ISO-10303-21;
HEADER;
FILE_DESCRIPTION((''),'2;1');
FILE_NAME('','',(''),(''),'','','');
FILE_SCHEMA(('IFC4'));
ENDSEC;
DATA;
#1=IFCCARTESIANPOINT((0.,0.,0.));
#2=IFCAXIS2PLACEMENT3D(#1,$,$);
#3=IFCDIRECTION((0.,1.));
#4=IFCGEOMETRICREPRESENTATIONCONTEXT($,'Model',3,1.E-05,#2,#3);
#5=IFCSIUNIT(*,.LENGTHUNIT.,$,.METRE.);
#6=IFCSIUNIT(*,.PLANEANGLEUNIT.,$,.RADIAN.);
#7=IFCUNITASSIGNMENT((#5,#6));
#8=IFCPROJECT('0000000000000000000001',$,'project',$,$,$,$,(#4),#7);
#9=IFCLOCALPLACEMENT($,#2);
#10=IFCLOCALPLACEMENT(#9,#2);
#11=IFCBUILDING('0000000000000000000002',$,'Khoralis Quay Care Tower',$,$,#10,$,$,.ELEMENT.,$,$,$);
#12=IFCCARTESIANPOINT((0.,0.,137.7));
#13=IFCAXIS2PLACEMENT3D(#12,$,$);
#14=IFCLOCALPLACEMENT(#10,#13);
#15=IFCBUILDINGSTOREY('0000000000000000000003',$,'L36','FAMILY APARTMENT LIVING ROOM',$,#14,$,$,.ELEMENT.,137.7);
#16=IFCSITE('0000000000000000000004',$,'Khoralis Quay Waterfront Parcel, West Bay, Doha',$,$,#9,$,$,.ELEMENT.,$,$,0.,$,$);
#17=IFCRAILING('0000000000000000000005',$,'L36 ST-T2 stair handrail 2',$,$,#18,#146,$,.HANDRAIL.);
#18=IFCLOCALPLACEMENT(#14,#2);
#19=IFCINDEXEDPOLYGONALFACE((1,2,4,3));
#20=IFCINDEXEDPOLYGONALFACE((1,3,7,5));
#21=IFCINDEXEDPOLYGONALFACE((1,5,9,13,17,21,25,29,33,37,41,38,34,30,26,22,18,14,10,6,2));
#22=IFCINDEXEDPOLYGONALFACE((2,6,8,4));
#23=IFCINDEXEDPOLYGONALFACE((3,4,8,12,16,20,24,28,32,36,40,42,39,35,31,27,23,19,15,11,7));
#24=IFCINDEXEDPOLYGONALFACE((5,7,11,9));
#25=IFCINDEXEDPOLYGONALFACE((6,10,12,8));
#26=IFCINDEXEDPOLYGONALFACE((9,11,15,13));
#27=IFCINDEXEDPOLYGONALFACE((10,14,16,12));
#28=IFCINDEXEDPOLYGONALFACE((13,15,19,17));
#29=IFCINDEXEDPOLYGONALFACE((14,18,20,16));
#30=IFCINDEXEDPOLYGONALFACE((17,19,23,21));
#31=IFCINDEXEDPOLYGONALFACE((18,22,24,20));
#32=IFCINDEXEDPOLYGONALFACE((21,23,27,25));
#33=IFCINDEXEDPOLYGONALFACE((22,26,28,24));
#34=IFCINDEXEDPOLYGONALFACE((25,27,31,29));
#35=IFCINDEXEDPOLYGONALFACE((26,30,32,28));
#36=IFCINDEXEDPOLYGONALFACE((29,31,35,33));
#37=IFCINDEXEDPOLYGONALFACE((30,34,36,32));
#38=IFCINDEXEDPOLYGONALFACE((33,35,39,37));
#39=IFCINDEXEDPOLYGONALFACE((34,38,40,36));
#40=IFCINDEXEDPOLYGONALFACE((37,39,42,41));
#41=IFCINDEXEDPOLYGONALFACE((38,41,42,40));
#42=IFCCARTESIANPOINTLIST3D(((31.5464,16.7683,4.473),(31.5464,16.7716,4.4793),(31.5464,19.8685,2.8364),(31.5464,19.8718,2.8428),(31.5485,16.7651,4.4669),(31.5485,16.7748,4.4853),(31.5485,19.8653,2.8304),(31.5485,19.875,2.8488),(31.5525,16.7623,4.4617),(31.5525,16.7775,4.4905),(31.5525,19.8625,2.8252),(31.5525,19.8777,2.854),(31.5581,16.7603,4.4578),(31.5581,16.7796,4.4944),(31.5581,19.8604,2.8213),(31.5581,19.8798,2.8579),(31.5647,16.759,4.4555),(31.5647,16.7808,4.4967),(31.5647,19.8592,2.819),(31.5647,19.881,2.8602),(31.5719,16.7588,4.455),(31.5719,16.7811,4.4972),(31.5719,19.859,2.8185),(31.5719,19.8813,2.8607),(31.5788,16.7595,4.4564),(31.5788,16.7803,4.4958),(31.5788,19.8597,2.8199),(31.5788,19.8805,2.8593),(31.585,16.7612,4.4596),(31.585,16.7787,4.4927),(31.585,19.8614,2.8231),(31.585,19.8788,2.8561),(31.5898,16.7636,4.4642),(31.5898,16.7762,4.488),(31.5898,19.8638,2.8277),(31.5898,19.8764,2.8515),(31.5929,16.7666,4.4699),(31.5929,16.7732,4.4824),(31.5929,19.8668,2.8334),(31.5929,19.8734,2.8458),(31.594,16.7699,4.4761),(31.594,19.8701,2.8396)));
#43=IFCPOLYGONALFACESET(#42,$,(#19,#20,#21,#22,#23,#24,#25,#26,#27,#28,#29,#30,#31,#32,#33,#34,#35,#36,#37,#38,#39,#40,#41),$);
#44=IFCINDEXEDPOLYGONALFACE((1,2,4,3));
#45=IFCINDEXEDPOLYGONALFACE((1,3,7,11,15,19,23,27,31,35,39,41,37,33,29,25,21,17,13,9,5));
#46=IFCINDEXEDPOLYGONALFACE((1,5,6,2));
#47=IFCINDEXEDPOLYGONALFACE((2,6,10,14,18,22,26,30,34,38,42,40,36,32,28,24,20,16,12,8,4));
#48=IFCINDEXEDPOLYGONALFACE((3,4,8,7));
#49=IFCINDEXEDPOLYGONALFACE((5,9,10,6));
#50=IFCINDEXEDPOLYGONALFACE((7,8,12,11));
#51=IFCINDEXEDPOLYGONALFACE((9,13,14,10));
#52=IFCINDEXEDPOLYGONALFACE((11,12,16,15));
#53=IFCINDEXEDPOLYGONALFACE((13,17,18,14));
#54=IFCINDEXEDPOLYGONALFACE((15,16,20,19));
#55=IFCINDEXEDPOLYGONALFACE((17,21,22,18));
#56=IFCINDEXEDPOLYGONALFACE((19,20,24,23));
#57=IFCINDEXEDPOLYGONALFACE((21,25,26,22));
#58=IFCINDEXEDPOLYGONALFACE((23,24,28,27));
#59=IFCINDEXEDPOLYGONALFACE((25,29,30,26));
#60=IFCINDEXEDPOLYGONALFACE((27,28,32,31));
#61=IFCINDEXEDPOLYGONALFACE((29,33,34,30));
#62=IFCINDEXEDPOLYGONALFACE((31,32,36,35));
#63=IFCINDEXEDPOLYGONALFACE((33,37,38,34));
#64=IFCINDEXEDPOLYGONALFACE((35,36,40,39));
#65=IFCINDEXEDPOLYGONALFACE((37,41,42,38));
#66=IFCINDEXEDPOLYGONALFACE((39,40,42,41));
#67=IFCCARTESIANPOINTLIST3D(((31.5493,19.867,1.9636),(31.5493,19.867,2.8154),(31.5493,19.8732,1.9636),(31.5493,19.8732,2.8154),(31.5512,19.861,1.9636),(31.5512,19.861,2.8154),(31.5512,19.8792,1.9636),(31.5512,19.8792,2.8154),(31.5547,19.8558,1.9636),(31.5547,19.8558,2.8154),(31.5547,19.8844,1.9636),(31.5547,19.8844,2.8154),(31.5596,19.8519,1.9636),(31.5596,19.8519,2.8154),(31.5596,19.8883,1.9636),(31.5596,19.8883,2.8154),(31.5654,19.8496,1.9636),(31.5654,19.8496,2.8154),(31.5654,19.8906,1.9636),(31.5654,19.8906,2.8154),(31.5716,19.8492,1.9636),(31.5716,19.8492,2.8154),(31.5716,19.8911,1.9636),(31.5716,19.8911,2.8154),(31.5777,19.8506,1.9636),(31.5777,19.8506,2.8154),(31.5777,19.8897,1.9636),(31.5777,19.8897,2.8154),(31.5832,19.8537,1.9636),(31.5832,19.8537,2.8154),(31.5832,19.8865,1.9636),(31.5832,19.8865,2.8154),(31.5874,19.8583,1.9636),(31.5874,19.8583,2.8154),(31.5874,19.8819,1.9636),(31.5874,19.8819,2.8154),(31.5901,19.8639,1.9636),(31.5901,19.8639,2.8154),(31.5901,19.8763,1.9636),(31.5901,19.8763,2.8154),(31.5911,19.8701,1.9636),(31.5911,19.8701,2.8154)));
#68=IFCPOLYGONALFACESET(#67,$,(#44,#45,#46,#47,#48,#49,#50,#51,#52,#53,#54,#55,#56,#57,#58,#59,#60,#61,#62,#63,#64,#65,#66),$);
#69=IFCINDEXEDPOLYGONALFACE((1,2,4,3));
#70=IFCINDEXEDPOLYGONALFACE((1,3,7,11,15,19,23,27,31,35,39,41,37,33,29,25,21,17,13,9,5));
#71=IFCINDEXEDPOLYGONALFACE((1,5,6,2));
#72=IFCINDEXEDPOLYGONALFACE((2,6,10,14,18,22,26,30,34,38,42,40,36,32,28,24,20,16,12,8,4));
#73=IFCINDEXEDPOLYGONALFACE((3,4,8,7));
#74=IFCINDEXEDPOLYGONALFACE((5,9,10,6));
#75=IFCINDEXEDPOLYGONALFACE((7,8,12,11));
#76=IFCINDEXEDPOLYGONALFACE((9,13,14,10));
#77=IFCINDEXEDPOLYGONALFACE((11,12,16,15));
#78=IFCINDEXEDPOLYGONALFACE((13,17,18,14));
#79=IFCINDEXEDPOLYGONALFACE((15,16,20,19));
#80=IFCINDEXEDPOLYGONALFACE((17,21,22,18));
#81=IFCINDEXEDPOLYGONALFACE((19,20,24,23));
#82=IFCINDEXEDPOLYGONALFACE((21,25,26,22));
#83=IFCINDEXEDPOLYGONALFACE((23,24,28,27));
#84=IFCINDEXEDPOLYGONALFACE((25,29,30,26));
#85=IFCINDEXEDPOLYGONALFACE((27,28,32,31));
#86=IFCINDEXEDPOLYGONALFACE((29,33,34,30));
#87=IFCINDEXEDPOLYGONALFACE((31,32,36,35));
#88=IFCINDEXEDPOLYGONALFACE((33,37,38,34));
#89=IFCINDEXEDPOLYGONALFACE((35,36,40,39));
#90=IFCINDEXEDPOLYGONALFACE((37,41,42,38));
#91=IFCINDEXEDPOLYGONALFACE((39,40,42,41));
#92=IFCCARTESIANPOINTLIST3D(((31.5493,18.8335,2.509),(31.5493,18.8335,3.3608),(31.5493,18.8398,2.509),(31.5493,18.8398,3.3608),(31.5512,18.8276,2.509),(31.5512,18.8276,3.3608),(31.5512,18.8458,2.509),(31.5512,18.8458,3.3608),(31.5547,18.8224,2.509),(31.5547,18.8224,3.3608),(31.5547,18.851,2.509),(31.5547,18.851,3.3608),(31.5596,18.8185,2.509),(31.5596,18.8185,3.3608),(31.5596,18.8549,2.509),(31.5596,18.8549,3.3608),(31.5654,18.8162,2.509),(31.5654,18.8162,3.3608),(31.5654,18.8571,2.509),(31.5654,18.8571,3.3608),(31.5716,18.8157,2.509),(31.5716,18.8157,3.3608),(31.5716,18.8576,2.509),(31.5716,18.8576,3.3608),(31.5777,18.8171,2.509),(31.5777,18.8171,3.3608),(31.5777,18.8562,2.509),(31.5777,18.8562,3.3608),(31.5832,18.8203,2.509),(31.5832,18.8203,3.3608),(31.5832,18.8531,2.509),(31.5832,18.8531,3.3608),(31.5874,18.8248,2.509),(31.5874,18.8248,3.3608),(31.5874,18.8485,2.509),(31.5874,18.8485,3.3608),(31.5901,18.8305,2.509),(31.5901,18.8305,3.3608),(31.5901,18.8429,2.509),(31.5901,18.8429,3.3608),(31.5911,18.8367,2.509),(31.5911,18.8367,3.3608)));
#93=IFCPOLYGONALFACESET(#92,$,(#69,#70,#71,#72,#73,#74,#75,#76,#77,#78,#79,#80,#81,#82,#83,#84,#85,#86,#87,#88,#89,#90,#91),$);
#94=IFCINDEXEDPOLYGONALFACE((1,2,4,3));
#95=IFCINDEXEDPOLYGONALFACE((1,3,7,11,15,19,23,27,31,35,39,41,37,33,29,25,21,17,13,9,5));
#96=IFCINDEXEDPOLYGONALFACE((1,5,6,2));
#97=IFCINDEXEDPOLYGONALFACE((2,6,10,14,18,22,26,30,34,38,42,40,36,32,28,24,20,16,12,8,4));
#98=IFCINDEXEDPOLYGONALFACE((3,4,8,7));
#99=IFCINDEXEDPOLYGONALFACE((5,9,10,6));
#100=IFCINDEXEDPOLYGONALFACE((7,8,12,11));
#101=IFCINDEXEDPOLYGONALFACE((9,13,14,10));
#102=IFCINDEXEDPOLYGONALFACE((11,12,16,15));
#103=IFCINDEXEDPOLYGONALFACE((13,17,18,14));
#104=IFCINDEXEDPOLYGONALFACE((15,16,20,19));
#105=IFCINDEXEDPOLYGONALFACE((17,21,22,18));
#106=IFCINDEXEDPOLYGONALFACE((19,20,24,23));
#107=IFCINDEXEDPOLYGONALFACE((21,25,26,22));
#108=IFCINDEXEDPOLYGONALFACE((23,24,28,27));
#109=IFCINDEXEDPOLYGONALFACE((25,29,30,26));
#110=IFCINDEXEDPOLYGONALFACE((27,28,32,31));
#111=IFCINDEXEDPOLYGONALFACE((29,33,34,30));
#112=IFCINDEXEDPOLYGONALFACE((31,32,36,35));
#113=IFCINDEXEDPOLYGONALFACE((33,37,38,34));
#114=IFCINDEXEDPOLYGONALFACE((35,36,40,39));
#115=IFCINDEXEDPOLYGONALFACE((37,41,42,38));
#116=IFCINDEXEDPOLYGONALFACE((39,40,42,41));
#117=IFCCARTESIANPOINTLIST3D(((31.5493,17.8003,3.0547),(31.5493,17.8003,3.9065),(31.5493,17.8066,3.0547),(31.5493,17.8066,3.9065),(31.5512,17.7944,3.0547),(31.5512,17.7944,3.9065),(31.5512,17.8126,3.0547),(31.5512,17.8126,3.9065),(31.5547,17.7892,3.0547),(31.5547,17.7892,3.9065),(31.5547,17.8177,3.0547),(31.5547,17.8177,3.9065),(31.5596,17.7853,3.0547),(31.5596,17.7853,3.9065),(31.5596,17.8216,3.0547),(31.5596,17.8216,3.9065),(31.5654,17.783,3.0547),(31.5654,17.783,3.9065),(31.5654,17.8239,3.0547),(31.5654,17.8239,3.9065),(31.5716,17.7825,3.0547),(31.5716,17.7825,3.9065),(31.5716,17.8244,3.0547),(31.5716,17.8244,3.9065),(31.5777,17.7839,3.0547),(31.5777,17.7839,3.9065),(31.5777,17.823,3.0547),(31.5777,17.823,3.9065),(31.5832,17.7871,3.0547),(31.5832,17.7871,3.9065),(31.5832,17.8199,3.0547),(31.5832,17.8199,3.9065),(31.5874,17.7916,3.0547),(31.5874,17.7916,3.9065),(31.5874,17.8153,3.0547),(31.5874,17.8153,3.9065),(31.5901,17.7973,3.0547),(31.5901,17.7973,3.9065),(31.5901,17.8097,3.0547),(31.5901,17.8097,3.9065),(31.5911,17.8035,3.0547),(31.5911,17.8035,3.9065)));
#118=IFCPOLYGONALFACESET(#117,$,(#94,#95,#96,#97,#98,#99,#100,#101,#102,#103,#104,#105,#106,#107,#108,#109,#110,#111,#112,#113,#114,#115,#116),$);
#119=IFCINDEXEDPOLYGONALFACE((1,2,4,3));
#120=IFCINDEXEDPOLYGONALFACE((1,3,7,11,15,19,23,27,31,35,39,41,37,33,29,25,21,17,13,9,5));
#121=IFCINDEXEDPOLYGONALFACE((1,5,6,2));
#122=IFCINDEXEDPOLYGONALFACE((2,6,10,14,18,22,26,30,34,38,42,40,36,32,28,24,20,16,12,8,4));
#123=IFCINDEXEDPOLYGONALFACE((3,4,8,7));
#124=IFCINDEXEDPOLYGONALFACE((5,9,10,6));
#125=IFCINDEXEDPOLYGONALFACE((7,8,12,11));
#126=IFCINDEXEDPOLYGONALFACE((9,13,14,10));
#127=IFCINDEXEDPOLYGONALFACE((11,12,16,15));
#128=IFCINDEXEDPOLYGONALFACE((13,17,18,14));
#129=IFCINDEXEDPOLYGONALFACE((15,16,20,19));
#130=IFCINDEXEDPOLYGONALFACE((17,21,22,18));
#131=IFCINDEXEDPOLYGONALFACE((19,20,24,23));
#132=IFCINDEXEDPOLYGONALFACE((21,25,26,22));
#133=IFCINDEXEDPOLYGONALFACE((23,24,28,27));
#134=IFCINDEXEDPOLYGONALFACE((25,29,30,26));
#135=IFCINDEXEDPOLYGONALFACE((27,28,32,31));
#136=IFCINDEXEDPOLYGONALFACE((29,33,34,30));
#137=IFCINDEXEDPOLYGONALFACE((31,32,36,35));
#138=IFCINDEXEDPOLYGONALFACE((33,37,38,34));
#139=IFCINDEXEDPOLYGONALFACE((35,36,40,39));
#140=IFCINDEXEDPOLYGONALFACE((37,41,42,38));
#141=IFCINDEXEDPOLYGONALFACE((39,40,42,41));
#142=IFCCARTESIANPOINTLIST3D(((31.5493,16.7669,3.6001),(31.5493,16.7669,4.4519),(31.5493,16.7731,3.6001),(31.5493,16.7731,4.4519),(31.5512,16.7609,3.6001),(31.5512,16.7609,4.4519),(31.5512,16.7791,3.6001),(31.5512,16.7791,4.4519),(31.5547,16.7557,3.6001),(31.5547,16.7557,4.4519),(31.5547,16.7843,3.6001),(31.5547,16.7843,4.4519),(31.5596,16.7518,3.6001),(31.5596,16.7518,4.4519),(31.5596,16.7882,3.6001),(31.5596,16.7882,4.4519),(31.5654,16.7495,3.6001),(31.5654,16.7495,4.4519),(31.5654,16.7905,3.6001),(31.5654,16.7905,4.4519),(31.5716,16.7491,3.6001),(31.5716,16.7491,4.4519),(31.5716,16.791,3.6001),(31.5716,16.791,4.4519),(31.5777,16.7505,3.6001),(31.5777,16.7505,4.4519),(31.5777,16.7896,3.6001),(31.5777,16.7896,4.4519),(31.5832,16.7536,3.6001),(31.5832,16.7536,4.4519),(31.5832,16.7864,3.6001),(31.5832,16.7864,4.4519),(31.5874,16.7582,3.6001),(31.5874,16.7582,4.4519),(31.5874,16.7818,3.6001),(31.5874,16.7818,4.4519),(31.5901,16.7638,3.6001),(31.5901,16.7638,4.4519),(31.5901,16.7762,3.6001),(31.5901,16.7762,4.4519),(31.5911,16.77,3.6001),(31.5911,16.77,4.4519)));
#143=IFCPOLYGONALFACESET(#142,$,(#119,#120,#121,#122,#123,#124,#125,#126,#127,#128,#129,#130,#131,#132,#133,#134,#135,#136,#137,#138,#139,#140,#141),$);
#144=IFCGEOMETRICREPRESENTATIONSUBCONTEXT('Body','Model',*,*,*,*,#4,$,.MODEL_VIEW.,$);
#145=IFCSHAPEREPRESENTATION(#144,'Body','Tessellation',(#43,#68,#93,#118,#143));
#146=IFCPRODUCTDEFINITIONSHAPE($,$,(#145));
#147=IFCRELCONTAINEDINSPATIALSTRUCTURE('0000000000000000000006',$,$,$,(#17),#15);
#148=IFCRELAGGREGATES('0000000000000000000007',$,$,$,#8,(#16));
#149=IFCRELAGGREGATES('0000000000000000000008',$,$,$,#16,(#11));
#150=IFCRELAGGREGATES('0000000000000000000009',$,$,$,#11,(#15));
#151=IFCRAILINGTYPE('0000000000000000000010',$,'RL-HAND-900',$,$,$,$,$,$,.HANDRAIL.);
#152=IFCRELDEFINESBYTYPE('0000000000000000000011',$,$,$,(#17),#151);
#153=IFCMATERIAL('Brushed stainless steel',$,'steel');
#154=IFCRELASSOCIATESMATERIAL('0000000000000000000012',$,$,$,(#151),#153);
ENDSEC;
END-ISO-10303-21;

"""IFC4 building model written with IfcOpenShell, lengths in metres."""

from ifc_helpers import new_model, si_unit, direction, frame, origin, origin_2d, place, context, subcontext, project, spatial, circle, extrude, material, type_object, element, save


model = new_model("IFC4")

# Units and contexts
model_context = context("Model", 3, precision=1e-05, world=origin(), true_north=direction((0.0, 1.0)))
body_context = subcontext(model_context, "Body", "Model", "MODEL_VIEW")
ifc_project = project(units=[si_unit("LENGTHUNIT", "METRE"), si_unit("PLANEANGLEUNIT", "RADIAN")], contexts=[model_context])

# Site, building, storey
site_placement = place(None, origin())
site = spatial("IfcSite", under=ifc_project, at=site_placement, Name="Khoralis Quay Waterfront Parcel, West Bay, Doha", CompositionType="ELEMENT", RefElevation=0.0)
building_placement = place(site_placement, origin())
building = spatial("IfcBuilding", under=site, at=building_placement, Name="Khoralis Quay Care Tower", CompositionType="ELEMENT")
storey_placement = place(building_placement, frame((0.0, 0.0, 137.7)))
storey = spatial("IfcBuildingStorey", under=building, at=storey_placement, Name="L36", Description="FAMILY APARTMENT LIVING ROOM", CompositionType="ELEMENT", Elevation=137.7)

# Shared definitions
ifc_material_1 = material(Name="Brushed stainless steel", Category="steel")

# Railing
railing_type_1 = type_object("IfcRailingType", Name="RL-HAND-900", PredefinedType="HANDRAIL", material=ifc_material_1)
railing_1_placement = place(storey_placement, frame((31.5701, 19.8701, 1.9636)))
element("IfcRailing", 1, at=railing_1_placement, inside=storey, type_object=railing_type_1, Name="L36 ST-T2 stair handrail 2", PredefinedType="HANDRAIL", context=body_context, shape_type="SweptSolid", body=[
    extrude(circle(Radius=0.0239, at=origin_2d()), frame((0.0, 0.0, 0.876), z_axis=(0.0, -0.884348, 0.466828), x_axis=(1.0, 0.0, 0.0)), (0.0, 0.0, 1.0), 3.5056),
    extrude(circle(Radius=0.021, at=origin_2d()), origin(), (0.0, 0.0, 1.0), 0.8518),
    extrude(circle(Radius=0.021, at=origin_2d()), frame((0.0, -1.0334, 0.5454)), (0.0, 0.0, 1.0), 0.8518),
    extrude(circle(Radius=0.021, at=origin_2d()), frame((0.0, -2.0667, 1.0911)), (0.0, 0.0, 1.0), 0.8518),
    extrude(circle(Radius=0.021, at=origin_2d()), frame((0.0, -3.1001, 1.6365)), (0.0, 0.0, 1.0), 0.8518),
])

save(model, "model.ifc")
